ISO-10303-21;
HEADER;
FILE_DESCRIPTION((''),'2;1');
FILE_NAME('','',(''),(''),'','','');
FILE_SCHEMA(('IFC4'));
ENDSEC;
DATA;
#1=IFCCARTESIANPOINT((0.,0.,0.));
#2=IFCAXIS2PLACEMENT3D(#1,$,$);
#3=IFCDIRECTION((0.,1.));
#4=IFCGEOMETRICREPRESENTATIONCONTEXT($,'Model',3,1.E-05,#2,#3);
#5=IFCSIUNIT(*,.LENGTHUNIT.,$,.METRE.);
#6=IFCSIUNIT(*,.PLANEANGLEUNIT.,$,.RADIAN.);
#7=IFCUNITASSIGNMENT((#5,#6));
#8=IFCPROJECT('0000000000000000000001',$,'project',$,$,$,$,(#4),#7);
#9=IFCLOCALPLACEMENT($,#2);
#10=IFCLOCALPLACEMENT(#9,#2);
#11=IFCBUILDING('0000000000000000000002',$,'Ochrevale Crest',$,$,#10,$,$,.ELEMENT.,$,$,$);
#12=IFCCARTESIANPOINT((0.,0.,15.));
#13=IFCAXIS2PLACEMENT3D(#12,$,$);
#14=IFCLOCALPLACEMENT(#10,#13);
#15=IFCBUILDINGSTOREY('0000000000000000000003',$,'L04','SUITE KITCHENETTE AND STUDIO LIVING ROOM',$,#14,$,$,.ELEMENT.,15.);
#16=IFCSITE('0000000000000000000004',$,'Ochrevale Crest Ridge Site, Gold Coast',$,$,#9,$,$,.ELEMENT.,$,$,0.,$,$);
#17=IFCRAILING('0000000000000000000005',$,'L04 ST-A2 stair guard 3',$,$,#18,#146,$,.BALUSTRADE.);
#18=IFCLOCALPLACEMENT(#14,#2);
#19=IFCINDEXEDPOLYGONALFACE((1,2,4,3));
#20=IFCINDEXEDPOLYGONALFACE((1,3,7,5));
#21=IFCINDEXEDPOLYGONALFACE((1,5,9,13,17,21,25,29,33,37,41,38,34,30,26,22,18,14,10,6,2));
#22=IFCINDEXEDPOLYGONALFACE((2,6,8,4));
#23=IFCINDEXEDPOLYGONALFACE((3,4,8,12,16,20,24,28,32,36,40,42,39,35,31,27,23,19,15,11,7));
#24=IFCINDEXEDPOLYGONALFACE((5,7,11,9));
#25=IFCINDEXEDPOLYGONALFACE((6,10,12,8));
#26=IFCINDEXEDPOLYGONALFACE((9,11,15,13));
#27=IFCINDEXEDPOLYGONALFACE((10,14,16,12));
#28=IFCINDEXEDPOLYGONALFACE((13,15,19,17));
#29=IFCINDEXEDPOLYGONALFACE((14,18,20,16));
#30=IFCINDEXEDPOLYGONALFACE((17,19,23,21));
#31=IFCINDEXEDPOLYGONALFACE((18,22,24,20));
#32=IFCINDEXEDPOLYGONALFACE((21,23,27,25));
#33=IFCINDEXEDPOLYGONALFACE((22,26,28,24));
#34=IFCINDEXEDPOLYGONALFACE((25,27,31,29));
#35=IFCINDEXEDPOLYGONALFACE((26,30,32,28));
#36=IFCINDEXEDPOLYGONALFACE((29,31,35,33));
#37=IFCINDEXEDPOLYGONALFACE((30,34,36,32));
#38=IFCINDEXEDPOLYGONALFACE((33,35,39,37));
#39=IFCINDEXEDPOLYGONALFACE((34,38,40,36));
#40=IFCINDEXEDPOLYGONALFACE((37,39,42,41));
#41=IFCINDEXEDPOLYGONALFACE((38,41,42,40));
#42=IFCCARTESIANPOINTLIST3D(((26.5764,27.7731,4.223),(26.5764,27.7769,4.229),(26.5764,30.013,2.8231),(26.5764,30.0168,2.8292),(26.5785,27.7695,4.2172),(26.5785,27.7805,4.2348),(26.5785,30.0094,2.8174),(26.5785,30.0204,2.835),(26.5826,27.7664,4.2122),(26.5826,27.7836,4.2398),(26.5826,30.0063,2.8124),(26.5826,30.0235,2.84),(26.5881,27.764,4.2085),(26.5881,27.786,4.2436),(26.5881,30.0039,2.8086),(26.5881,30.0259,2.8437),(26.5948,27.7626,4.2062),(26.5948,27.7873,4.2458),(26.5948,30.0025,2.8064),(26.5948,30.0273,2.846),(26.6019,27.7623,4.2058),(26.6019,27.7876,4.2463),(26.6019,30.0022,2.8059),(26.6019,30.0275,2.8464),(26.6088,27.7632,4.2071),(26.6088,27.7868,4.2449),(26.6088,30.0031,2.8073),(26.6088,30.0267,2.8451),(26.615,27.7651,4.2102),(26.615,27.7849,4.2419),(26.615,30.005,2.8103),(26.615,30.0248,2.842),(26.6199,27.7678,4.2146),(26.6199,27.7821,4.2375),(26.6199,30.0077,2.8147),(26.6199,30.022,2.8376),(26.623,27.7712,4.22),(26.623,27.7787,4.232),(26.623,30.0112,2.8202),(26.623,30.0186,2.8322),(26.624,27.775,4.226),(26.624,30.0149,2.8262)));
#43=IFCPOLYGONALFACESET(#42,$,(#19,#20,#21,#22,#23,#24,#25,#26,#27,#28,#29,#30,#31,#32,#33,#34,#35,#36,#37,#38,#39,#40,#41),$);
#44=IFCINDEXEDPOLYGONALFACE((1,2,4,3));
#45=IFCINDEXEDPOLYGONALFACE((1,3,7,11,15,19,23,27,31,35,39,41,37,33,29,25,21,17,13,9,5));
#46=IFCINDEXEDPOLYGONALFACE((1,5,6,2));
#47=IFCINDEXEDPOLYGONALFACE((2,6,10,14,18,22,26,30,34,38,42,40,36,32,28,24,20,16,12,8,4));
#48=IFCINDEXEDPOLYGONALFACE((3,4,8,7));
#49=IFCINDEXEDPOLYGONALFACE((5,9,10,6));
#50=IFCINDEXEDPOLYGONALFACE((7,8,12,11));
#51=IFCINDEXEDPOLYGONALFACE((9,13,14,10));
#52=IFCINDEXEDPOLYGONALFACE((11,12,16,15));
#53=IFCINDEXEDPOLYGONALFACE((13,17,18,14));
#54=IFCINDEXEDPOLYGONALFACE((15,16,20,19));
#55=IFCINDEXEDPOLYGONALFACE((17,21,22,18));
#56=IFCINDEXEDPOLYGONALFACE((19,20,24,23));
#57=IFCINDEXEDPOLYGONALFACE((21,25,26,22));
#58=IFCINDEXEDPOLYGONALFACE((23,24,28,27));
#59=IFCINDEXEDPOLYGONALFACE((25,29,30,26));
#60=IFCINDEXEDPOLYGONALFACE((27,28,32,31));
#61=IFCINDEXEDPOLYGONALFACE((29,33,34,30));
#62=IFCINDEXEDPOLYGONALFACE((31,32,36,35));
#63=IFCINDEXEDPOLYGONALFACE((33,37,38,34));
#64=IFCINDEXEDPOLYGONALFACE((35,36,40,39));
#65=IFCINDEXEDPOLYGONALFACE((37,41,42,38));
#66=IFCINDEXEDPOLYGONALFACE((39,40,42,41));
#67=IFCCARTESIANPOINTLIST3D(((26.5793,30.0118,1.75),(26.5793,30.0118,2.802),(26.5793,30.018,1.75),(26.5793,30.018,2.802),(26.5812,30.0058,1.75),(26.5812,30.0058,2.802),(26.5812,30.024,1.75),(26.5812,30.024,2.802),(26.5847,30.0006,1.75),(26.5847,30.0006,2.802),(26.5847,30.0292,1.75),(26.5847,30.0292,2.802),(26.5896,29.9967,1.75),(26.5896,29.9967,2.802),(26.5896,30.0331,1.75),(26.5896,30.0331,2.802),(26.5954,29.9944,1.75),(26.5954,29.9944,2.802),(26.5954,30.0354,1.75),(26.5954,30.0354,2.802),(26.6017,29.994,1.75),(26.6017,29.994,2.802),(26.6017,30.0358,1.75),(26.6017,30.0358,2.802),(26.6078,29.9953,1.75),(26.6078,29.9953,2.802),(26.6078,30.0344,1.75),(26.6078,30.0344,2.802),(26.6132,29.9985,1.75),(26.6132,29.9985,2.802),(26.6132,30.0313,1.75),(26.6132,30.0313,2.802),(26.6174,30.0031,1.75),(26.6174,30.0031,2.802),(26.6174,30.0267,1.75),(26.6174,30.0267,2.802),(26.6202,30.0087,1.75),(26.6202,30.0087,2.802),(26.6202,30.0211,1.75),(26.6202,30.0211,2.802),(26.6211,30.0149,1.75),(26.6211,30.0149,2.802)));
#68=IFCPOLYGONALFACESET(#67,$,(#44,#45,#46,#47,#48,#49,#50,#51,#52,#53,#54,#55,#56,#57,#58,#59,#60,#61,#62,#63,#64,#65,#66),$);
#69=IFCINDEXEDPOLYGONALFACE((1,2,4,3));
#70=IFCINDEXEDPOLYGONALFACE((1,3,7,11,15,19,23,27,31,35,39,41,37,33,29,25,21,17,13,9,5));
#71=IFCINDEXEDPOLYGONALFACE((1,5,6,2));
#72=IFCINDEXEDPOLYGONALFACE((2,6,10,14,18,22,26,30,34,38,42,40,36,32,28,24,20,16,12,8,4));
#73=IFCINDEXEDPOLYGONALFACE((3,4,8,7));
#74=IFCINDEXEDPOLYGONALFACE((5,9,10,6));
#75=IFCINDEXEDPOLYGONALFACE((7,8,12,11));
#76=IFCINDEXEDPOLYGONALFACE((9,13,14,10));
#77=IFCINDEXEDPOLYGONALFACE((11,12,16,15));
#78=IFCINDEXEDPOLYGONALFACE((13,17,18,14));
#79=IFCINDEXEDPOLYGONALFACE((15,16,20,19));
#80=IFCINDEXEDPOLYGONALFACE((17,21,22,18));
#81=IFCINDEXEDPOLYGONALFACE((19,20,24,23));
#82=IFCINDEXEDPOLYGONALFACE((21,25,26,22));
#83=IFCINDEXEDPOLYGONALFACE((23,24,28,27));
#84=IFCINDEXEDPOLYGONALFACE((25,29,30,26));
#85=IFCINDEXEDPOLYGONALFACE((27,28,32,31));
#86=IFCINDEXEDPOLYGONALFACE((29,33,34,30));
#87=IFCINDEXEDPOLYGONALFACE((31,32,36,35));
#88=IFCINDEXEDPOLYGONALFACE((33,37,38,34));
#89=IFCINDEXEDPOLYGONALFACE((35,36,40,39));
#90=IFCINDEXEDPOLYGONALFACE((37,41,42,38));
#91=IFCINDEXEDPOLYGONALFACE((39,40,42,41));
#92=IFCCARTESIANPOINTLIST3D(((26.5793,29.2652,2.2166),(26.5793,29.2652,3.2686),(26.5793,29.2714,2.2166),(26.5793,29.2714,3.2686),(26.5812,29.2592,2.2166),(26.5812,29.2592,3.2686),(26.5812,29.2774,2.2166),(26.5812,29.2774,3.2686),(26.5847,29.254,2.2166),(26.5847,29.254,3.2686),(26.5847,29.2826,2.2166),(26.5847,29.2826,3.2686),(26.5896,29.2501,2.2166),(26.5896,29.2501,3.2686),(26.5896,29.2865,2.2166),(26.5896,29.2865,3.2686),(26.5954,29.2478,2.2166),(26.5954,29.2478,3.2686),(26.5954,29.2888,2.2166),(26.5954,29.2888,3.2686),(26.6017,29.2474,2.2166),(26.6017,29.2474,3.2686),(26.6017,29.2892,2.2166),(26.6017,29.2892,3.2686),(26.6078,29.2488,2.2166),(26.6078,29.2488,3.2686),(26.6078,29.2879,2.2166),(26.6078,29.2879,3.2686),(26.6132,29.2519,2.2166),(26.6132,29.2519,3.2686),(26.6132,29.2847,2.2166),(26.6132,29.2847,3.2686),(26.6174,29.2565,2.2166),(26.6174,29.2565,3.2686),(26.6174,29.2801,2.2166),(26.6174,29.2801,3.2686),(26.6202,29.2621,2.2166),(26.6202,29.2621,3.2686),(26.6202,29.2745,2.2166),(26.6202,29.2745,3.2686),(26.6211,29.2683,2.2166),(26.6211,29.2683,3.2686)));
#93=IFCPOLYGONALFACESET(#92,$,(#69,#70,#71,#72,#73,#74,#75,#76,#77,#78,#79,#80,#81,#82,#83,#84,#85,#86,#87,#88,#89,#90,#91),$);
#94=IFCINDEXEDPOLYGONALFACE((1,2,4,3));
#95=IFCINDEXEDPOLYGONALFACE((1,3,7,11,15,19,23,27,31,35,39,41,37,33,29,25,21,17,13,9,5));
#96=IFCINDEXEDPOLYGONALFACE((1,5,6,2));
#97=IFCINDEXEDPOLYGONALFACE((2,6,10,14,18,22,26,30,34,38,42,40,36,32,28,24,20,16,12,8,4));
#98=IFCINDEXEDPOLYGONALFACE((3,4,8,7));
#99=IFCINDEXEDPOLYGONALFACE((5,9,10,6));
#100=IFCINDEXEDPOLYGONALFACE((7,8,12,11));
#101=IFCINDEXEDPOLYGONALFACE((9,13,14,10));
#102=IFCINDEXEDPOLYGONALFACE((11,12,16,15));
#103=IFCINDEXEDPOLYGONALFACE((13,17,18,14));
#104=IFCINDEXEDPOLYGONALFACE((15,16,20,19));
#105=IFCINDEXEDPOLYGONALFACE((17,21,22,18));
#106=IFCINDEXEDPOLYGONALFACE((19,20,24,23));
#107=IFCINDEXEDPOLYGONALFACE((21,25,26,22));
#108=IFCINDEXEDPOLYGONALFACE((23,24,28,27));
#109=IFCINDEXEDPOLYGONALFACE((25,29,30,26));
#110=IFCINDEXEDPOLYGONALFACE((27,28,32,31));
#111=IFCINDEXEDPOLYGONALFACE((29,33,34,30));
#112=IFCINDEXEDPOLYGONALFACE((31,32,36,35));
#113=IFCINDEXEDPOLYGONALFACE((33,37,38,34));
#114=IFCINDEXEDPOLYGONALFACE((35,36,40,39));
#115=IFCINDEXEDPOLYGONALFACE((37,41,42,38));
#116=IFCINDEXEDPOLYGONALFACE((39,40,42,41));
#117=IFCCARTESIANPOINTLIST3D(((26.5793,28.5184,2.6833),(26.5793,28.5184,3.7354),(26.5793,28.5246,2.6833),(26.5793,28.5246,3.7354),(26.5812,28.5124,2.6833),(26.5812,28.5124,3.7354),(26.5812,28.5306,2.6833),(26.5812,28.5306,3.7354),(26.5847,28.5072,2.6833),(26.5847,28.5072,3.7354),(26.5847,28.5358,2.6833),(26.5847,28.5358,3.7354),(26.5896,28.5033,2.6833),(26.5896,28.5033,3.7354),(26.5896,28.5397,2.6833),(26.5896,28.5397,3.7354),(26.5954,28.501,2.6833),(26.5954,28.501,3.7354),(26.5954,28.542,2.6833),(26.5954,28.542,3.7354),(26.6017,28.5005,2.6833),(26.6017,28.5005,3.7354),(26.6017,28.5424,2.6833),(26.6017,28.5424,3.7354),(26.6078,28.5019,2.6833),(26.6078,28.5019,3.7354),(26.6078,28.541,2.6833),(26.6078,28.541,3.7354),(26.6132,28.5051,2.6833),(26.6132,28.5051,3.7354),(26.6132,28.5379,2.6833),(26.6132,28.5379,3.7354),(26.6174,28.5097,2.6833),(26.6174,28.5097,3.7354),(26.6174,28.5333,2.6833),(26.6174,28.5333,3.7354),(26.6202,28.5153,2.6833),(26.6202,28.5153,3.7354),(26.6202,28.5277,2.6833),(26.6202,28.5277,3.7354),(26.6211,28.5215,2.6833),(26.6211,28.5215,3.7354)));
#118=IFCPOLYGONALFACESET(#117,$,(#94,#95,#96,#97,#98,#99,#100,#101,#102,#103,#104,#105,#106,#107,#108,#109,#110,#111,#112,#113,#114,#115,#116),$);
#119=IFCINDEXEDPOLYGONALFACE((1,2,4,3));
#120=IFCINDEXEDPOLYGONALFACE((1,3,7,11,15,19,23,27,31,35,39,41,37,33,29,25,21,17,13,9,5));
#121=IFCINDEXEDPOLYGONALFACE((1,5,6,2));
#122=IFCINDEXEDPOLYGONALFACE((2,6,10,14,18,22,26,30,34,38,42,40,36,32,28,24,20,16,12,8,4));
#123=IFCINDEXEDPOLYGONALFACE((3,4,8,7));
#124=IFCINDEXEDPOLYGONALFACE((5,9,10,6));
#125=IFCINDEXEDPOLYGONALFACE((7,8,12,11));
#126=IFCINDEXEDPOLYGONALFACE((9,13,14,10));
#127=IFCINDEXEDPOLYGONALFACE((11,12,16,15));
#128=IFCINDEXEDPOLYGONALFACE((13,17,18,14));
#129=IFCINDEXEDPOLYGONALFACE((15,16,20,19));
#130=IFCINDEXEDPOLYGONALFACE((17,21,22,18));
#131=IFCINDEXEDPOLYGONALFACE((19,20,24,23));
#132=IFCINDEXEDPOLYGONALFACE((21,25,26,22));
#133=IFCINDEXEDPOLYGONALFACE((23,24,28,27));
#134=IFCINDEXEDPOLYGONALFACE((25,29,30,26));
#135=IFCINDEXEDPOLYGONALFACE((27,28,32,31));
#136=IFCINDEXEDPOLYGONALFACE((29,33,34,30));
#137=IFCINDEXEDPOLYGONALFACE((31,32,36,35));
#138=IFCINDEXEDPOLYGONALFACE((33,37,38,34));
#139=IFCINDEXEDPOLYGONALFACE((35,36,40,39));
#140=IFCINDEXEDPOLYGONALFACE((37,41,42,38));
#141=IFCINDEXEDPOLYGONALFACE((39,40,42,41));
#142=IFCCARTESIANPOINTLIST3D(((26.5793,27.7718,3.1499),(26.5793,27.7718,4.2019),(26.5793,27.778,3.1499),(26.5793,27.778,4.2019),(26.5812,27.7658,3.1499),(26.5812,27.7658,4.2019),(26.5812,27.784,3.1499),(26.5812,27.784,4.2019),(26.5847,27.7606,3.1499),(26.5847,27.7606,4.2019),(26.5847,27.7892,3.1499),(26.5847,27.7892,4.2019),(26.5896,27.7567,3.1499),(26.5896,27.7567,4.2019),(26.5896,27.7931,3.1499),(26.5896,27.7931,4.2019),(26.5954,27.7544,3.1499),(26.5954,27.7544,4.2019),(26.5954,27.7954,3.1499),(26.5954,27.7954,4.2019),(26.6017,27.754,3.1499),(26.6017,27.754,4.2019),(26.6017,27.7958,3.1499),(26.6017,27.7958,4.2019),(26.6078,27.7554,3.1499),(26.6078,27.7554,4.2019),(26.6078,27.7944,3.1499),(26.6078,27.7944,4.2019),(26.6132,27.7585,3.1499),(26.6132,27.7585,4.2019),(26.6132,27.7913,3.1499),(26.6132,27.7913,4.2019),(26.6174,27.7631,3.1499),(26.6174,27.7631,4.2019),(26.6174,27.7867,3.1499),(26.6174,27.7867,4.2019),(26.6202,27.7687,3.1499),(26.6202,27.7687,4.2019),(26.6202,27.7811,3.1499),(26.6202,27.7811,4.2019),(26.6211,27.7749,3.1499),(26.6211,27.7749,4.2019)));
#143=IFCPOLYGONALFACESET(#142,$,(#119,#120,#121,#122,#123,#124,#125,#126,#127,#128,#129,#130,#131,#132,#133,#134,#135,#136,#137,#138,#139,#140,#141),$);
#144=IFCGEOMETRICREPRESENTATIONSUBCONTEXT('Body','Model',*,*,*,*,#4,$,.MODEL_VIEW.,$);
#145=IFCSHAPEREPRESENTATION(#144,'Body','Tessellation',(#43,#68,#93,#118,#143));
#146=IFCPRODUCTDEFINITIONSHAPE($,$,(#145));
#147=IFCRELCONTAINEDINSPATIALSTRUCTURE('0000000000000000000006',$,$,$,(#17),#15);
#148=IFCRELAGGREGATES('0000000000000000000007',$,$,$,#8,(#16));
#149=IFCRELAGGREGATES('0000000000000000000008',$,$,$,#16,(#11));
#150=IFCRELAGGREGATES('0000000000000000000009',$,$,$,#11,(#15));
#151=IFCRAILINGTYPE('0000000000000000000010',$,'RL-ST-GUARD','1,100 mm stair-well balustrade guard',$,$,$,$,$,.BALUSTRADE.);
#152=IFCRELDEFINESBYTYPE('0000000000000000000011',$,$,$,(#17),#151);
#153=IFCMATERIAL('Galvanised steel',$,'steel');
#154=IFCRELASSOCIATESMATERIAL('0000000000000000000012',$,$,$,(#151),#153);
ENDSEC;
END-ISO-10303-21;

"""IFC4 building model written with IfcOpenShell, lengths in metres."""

from ifc_helpers import new_model, si_unit, direction, frame, origin, origin_2d, place, context, subcontext, project, spatial, circle, extrude, material, type_object, element, save


model = new_model("IFC4")

# Units and contexts
model_context = context("Model", 3, precision=1e-05, world=origin(), true_north=direction((0.0, 1.0)))
body_context = subcontext(model_context, "Body", "Model", "MODEL_VIEW")
ifc_project = project(units=[si_unit("LENGTHUNIT", "METRE"), si_unit("PLANEANGLEUNIT", "RADIAN")], contexts=[model_context])

# Site, building, storey
site_placement = place(None, origin())
site = spatial("IfcSite", under=ifc_project, at=site_placement, Name="Ochrevale Crest Ridge Site, Gold Coast", CompositionType="ELEMENT", RefElevation=0.0)
building_placement = place(site_placement, origin())
building = spatial("IfcBuilding", under=site, at=building_placement, Name="Ochrevale Crest", CompositionType="ELEMENT")
storey_placement = place(building_placement, frame((0.0, 0.0, 15.0)))
storey = spatial("IfcBuildingStorey", under=building, at=storey_placement, Name="L04", Description="SUITE KITCHENETTE AND STUDIO LIVING ROOM", CompositionType="ELEMENT", Elevation=15.0)

# Railing
ifc_material_1 = material(Name="Galvanised steel", Category="steel")
railing_type_1 = type_object("IfcRailingType", Name="RL-ST-GUARD", Description="1,100 mm stair-well balustrade guard", PredefinedType="BALUSTRADE", material=ifc_material_1)
railing_1_placement = place(storey_placement, frame((26.6001, 30.0149, 1.75)))
element("IfcRailing", 1, at=railing_1_placement, inside=storey, type_object=railing_type_1, Name="L04 ST-A2 stair guard 3", PredefinedType="BALUSTRADE", context=body_context, shape_type="SweptSolid", body=[
    extrude(circle(Radius=0.0239, at=origin_2d()), frame((0.0, 0.0, 1.0762), z_axis=(0.0, -0.848014, 0.529974), x_axis=(1.0, 0.0, 0.0)), (0.0, 0.0, 1.0), 2.6414),
    extrude(circle(Radius=0.021, at=origin_2d()), origin(), (0.0, 0.0, 1.0), 1.052),
    extrude(circle(Radius=0.021, at=origin_2d()), frame((0.0, -0.7466, 0.4666)), (0.0, 0.0, 1.0), 1.052),
    extrude(circle(Radius=0.021, at=origin_2d()), frame((0.0, -1.4934, 0.9333)), (0.0, 0.0, 1.0), 1.052),
    extrude(circle(Radius=0.021, at=origin_2d()), frame((0.0, -2.24, 1.3999)), (0.0, 0.0, 1.0), 1.052),
])

save(model, "model.ifc")
